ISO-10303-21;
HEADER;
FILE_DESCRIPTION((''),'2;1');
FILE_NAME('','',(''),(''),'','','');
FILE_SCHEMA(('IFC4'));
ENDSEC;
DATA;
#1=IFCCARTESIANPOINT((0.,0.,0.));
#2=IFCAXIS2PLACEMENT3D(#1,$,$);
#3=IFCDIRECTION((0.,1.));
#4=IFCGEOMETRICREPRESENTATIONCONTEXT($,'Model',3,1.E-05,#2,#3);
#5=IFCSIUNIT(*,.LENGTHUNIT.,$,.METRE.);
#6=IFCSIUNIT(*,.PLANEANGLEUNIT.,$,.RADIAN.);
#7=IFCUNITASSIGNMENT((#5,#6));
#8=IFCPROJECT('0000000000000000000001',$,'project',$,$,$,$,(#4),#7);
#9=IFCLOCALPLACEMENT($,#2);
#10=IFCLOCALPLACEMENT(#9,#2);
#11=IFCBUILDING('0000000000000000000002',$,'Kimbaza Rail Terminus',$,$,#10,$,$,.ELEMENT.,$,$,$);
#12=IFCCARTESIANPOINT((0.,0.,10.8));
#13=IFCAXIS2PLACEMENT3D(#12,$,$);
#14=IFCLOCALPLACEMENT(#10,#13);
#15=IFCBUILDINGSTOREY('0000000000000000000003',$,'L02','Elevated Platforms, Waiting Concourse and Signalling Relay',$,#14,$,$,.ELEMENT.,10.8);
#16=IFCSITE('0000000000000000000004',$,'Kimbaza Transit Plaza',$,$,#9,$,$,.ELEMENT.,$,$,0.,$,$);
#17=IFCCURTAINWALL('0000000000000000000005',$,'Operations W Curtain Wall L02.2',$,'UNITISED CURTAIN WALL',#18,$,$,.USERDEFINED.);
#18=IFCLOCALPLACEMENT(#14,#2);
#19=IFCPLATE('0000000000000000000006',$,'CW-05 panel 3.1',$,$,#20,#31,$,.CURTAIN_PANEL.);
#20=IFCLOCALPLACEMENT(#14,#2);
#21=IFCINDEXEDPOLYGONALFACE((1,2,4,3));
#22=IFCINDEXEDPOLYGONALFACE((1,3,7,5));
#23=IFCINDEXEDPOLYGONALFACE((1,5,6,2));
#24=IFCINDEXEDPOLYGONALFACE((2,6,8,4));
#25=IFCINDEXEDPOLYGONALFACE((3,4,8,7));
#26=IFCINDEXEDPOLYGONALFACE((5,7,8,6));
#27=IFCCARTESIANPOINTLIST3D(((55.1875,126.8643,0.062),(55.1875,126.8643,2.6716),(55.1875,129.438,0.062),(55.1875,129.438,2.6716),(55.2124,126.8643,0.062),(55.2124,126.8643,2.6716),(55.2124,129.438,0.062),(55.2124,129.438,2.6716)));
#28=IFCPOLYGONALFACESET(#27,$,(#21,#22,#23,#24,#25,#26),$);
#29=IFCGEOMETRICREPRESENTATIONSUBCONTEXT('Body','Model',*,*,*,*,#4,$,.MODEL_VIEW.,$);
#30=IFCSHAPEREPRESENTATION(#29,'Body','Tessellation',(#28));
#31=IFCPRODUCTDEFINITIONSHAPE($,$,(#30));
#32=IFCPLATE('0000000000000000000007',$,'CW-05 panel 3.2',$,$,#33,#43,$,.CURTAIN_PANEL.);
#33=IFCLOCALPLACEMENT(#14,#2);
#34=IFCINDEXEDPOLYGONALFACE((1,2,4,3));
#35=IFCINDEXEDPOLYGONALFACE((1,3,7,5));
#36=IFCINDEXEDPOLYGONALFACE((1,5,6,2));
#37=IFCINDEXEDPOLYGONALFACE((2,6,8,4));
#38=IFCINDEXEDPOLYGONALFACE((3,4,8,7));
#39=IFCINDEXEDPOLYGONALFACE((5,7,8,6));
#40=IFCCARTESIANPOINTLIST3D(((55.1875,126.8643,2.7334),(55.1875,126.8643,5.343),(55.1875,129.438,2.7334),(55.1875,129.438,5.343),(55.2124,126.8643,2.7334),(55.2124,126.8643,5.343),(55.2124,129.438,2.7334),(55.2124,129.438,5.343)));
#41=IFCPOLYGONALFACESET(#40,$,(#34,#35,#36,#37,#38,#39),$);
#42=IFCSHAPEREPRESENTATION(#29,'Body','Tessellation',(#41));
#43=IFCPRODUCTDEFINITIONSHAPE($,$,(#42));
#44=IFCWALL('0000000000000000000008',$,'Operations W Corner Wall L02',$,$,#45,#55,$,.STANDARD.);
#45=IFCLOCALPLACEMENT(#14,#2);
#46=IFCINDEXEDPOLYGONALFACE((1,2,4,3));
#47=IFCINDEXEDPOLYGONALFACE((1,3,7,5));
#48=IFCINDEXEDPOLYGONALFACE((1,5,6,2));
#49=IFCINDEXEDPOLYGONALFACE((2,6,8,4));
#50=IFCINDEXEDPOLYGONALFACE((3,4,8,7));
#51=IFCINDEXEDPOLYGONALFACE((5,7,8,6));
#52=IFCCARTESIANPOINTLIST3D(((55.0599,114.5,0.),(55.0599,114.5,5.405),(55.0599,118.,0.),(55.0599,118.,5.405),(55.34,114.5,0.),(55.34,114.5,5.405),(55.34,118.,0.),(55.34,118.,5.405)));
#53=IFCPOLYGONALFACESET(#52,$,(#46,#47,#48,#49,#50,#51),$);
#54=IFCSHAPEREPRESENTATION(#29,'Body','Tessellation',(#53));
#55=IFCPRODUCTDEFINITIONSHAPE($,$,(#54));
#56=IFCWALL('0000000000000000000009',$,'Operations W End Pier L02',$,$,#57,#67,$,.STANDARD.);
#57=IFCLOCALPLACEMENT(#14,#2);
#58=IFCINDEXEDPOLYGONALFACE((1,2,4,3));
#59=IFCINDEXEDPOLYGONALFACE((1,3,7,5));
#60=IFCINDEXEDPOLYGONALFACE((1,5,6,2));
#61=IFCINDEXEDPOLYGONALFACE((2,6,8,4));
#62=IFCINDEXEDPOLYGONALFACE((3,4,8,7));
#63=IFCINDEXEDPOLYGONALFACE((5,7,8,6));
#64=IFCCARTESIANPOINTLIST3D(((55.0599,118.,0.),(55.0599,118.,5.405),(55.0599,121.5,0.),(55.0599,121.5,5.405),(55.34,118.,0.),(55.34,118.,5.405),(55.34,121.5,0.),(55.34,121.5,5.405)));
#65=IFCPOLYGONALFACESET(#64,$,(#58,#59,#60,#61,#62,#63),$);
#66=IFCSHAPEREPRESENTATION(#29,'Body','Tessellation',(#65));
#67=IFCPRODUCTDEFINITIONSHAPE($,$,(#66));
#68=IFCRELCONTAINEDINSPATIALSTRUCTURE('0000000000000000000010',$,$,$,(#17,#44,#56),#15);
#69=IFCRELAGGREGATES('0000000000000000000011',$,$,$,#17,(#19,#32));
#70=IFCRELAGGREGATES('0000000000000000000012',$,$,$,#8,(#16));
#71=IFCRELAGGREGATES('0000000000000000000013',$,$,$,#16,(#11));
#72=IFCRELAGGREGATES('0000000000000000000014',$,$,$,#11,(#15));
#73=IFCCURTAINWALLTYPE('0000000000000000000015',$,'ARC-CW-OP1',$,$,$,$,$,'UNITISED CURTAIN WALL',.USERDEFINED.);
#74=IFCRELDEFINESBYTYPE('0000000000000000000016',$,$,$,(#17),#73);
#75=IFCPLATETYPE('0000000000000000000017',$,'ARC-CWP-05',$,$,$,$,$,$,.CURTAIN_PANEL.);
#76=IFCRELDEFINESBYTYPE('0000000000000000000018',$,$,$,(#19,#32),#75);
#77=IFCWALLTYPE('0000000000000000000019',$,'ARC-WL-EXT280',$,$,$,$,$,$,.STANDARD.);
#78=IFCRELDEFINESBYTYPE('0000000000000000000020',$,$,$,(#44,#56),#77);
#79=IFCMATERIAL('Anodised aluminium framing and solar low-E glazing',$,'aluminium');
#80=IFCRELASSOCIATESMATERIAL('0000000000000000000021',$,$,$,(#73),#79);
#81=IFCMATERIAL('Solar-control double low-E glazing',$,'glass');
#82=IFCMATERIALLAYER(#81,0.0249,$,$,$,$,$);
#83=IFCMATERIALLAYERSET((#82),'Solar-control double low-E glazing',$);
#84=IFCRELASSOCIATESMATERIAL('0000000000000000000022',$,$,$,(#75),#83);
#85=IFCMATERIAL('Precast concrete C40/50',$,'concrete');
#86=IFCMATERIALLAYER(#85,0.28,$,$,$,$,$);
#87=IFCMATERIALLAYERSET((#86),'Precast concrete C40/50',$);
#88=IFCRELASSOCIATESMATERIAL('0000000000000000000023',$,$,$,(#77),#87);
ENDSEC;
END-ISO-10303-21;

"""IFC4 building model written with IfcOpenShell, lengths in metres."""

from ifc_helpers import new_model, si_unit, direction, frame, frame_2d, origin, origin_2d, place, context, subcontext, project, spatial, rectangle, extrude, material, layer, layer_set, type_object, element, aggregate, save


model = new_model("IFC4")

# Units and contexts
model_context = context("Model", 3, precision=1e-05, world=origin(), true_north=direction((0.0, 1.0)))
body_context = subcontext(model_context, "Body", "Model", "MODEL_VIEW")
ifc_project = project(units=[si_unit("LENGTHUNIT", "METRE"), si_unit("PLANEANGLEUNIT", "RADIAN")], contexts=[model_context])

# Site, building, storey
site_placement = place(None, origin())
site = spatial("IfcSite", under=ifc_project, at=site_placement, Name="Kimbaza Transit Plaza", CompositionType="ELEMENT", RefElevation=0.0)
building_placement = place(site_placement, origin())
building = spatial("IfcBuilding", under=site, at=building_placement, Name="Kimbaza Rail Terminus", CompositionType="ELEMENT")
storey_placement = place(building_placement, frame((0.0, 0.0, 10.8)))
storey = spatial("IfcBuildingStorey", under=building, at=storey_placement, Name="L02", Description="Elevated Platforms, Waiting Concourse and Signalling Relay", CompositionType="ELEMENT", Elevation=10.8)

# Shared definitions
ifc_material_1 = material(Name="Anodised aluminium framing and solar low-E glazing", Category="aluminium")
curtain_wall_type = type_object("IfcCurtainWallType", Name="ARC-CW-OP1", ElementType="UNITISED CURTAIN WALL", PredefinedType="USERDEFINED", material=ifc_material_1)

# Curtain wall
curtain_wall_1_placement = place(storey_placement, origin())
curtain_wall_1 = element("IfcCurtainWall", 1, at=curtain_wall_1_placement, inside=storey, type_object=curtain_wall_type, Name="Operations W Curtain Wall L02.2", ObjectType="UNITISED CURTAIN WALL", PredefinedType="USERDEFINED")

# Plates
ifc_material_2 = material(Name="Solar-control double low-E glazing", Category="glass")
ifc_layer_1 = layer(ifc_material_2, 0.0249)
ifc_layer_set_1 = layer_set([ifc_layer_1], Name="Solar-control double low-E glazing")
plate_type = type_object("IfcPlateType", Name="ARC-CWP-05", PredefinedType="CURTAIN_PANEL", material=ifc_layer_set_1)
plate_1_placement = place(storey_placement, frame((55.2, 128.1511, 0.062), z_axis=(0.0, 0.0, 1.0), x_axis=(0.0, 1.0, 0.0)))
plate_1 = element("IfcPlate", 2, at=plate_1_placement, type_object=plate_type, Name="CW-05 panel 3.1", PredefinedType="CURTAIN_PANEL", context=body_context, shape_type="SweptSolid", body=[
    extrude(rectangle(XDim=2.5737, YDim=0.0249, at=origin_2d()), origin(), (0.0, 0.0, 1.0), 2.6096),
])
plate_2_placement = place(storey_placement, frame((55.2, 128.1511, 2.7334), z_axis=(0.0, 0.0, 1.0), x_axis=(0.0, 1.0, 0.0)))
plate_2 = element("IfcPlate", 3, at=plate_2_placement, type_object=plate_type, Name="CW-05 panel 3.2", PredefinedType="CURTAIN_PANEL", context=body_context, shape_type="SweptSolid", body=[
    extrude(rectangle(XDim=2.5737, YDim=0.0249, at=origin_2d()), origin(), (0.0, 0.0, 1.0), 2.6096),
])
aggregate(curtain_wall_1, [plate_1, plate_2])

# Walls
ifc_material_3 = material(Name="Precast concrete C40/50", Category="concrete")
ifc_layer_2 = layer(ifc_material_3, 0.28)
ifc_layer_set_2 = layer_set([ifc_layer_2], Name="Precast concrete C40/50")
wall_type = type_object("IfcWallType", Name="ARC-WL-EXT280", PredefinedType="STANDARD", material=ifc_layer_set_2)
for number, where, z_axis, x_axis, name in (
    (4, (55.2, 114.5, 0.0), (0.0, 0.0, 1.0), (0.0, 1.0, 0.0), "Operations W Corner Wall L02"),
    (5, (55.2, 118.0, 0.0), (0.0, 0.0, 1.0), (0.0, 1.0, 0.0), "Operations W End Pier L02"),
):
    element("IfcWall", number, at=place(storey_placement, frame(where, z_axis=z_axis, x_axis=x_axis)), inside=storey, type_object=wall_type, Name=name, PredefinedType="STANDARD", context=body_context, shape_type="SweptSolid", body=[
        extrude(rectangle(XDim=3.5, YDim=0.28, at=frame_2d((1.75, 0.0))), origin(), (0.0, 0.0, 1.0), 5.405),
    ])

save(model, "model.ifc")
